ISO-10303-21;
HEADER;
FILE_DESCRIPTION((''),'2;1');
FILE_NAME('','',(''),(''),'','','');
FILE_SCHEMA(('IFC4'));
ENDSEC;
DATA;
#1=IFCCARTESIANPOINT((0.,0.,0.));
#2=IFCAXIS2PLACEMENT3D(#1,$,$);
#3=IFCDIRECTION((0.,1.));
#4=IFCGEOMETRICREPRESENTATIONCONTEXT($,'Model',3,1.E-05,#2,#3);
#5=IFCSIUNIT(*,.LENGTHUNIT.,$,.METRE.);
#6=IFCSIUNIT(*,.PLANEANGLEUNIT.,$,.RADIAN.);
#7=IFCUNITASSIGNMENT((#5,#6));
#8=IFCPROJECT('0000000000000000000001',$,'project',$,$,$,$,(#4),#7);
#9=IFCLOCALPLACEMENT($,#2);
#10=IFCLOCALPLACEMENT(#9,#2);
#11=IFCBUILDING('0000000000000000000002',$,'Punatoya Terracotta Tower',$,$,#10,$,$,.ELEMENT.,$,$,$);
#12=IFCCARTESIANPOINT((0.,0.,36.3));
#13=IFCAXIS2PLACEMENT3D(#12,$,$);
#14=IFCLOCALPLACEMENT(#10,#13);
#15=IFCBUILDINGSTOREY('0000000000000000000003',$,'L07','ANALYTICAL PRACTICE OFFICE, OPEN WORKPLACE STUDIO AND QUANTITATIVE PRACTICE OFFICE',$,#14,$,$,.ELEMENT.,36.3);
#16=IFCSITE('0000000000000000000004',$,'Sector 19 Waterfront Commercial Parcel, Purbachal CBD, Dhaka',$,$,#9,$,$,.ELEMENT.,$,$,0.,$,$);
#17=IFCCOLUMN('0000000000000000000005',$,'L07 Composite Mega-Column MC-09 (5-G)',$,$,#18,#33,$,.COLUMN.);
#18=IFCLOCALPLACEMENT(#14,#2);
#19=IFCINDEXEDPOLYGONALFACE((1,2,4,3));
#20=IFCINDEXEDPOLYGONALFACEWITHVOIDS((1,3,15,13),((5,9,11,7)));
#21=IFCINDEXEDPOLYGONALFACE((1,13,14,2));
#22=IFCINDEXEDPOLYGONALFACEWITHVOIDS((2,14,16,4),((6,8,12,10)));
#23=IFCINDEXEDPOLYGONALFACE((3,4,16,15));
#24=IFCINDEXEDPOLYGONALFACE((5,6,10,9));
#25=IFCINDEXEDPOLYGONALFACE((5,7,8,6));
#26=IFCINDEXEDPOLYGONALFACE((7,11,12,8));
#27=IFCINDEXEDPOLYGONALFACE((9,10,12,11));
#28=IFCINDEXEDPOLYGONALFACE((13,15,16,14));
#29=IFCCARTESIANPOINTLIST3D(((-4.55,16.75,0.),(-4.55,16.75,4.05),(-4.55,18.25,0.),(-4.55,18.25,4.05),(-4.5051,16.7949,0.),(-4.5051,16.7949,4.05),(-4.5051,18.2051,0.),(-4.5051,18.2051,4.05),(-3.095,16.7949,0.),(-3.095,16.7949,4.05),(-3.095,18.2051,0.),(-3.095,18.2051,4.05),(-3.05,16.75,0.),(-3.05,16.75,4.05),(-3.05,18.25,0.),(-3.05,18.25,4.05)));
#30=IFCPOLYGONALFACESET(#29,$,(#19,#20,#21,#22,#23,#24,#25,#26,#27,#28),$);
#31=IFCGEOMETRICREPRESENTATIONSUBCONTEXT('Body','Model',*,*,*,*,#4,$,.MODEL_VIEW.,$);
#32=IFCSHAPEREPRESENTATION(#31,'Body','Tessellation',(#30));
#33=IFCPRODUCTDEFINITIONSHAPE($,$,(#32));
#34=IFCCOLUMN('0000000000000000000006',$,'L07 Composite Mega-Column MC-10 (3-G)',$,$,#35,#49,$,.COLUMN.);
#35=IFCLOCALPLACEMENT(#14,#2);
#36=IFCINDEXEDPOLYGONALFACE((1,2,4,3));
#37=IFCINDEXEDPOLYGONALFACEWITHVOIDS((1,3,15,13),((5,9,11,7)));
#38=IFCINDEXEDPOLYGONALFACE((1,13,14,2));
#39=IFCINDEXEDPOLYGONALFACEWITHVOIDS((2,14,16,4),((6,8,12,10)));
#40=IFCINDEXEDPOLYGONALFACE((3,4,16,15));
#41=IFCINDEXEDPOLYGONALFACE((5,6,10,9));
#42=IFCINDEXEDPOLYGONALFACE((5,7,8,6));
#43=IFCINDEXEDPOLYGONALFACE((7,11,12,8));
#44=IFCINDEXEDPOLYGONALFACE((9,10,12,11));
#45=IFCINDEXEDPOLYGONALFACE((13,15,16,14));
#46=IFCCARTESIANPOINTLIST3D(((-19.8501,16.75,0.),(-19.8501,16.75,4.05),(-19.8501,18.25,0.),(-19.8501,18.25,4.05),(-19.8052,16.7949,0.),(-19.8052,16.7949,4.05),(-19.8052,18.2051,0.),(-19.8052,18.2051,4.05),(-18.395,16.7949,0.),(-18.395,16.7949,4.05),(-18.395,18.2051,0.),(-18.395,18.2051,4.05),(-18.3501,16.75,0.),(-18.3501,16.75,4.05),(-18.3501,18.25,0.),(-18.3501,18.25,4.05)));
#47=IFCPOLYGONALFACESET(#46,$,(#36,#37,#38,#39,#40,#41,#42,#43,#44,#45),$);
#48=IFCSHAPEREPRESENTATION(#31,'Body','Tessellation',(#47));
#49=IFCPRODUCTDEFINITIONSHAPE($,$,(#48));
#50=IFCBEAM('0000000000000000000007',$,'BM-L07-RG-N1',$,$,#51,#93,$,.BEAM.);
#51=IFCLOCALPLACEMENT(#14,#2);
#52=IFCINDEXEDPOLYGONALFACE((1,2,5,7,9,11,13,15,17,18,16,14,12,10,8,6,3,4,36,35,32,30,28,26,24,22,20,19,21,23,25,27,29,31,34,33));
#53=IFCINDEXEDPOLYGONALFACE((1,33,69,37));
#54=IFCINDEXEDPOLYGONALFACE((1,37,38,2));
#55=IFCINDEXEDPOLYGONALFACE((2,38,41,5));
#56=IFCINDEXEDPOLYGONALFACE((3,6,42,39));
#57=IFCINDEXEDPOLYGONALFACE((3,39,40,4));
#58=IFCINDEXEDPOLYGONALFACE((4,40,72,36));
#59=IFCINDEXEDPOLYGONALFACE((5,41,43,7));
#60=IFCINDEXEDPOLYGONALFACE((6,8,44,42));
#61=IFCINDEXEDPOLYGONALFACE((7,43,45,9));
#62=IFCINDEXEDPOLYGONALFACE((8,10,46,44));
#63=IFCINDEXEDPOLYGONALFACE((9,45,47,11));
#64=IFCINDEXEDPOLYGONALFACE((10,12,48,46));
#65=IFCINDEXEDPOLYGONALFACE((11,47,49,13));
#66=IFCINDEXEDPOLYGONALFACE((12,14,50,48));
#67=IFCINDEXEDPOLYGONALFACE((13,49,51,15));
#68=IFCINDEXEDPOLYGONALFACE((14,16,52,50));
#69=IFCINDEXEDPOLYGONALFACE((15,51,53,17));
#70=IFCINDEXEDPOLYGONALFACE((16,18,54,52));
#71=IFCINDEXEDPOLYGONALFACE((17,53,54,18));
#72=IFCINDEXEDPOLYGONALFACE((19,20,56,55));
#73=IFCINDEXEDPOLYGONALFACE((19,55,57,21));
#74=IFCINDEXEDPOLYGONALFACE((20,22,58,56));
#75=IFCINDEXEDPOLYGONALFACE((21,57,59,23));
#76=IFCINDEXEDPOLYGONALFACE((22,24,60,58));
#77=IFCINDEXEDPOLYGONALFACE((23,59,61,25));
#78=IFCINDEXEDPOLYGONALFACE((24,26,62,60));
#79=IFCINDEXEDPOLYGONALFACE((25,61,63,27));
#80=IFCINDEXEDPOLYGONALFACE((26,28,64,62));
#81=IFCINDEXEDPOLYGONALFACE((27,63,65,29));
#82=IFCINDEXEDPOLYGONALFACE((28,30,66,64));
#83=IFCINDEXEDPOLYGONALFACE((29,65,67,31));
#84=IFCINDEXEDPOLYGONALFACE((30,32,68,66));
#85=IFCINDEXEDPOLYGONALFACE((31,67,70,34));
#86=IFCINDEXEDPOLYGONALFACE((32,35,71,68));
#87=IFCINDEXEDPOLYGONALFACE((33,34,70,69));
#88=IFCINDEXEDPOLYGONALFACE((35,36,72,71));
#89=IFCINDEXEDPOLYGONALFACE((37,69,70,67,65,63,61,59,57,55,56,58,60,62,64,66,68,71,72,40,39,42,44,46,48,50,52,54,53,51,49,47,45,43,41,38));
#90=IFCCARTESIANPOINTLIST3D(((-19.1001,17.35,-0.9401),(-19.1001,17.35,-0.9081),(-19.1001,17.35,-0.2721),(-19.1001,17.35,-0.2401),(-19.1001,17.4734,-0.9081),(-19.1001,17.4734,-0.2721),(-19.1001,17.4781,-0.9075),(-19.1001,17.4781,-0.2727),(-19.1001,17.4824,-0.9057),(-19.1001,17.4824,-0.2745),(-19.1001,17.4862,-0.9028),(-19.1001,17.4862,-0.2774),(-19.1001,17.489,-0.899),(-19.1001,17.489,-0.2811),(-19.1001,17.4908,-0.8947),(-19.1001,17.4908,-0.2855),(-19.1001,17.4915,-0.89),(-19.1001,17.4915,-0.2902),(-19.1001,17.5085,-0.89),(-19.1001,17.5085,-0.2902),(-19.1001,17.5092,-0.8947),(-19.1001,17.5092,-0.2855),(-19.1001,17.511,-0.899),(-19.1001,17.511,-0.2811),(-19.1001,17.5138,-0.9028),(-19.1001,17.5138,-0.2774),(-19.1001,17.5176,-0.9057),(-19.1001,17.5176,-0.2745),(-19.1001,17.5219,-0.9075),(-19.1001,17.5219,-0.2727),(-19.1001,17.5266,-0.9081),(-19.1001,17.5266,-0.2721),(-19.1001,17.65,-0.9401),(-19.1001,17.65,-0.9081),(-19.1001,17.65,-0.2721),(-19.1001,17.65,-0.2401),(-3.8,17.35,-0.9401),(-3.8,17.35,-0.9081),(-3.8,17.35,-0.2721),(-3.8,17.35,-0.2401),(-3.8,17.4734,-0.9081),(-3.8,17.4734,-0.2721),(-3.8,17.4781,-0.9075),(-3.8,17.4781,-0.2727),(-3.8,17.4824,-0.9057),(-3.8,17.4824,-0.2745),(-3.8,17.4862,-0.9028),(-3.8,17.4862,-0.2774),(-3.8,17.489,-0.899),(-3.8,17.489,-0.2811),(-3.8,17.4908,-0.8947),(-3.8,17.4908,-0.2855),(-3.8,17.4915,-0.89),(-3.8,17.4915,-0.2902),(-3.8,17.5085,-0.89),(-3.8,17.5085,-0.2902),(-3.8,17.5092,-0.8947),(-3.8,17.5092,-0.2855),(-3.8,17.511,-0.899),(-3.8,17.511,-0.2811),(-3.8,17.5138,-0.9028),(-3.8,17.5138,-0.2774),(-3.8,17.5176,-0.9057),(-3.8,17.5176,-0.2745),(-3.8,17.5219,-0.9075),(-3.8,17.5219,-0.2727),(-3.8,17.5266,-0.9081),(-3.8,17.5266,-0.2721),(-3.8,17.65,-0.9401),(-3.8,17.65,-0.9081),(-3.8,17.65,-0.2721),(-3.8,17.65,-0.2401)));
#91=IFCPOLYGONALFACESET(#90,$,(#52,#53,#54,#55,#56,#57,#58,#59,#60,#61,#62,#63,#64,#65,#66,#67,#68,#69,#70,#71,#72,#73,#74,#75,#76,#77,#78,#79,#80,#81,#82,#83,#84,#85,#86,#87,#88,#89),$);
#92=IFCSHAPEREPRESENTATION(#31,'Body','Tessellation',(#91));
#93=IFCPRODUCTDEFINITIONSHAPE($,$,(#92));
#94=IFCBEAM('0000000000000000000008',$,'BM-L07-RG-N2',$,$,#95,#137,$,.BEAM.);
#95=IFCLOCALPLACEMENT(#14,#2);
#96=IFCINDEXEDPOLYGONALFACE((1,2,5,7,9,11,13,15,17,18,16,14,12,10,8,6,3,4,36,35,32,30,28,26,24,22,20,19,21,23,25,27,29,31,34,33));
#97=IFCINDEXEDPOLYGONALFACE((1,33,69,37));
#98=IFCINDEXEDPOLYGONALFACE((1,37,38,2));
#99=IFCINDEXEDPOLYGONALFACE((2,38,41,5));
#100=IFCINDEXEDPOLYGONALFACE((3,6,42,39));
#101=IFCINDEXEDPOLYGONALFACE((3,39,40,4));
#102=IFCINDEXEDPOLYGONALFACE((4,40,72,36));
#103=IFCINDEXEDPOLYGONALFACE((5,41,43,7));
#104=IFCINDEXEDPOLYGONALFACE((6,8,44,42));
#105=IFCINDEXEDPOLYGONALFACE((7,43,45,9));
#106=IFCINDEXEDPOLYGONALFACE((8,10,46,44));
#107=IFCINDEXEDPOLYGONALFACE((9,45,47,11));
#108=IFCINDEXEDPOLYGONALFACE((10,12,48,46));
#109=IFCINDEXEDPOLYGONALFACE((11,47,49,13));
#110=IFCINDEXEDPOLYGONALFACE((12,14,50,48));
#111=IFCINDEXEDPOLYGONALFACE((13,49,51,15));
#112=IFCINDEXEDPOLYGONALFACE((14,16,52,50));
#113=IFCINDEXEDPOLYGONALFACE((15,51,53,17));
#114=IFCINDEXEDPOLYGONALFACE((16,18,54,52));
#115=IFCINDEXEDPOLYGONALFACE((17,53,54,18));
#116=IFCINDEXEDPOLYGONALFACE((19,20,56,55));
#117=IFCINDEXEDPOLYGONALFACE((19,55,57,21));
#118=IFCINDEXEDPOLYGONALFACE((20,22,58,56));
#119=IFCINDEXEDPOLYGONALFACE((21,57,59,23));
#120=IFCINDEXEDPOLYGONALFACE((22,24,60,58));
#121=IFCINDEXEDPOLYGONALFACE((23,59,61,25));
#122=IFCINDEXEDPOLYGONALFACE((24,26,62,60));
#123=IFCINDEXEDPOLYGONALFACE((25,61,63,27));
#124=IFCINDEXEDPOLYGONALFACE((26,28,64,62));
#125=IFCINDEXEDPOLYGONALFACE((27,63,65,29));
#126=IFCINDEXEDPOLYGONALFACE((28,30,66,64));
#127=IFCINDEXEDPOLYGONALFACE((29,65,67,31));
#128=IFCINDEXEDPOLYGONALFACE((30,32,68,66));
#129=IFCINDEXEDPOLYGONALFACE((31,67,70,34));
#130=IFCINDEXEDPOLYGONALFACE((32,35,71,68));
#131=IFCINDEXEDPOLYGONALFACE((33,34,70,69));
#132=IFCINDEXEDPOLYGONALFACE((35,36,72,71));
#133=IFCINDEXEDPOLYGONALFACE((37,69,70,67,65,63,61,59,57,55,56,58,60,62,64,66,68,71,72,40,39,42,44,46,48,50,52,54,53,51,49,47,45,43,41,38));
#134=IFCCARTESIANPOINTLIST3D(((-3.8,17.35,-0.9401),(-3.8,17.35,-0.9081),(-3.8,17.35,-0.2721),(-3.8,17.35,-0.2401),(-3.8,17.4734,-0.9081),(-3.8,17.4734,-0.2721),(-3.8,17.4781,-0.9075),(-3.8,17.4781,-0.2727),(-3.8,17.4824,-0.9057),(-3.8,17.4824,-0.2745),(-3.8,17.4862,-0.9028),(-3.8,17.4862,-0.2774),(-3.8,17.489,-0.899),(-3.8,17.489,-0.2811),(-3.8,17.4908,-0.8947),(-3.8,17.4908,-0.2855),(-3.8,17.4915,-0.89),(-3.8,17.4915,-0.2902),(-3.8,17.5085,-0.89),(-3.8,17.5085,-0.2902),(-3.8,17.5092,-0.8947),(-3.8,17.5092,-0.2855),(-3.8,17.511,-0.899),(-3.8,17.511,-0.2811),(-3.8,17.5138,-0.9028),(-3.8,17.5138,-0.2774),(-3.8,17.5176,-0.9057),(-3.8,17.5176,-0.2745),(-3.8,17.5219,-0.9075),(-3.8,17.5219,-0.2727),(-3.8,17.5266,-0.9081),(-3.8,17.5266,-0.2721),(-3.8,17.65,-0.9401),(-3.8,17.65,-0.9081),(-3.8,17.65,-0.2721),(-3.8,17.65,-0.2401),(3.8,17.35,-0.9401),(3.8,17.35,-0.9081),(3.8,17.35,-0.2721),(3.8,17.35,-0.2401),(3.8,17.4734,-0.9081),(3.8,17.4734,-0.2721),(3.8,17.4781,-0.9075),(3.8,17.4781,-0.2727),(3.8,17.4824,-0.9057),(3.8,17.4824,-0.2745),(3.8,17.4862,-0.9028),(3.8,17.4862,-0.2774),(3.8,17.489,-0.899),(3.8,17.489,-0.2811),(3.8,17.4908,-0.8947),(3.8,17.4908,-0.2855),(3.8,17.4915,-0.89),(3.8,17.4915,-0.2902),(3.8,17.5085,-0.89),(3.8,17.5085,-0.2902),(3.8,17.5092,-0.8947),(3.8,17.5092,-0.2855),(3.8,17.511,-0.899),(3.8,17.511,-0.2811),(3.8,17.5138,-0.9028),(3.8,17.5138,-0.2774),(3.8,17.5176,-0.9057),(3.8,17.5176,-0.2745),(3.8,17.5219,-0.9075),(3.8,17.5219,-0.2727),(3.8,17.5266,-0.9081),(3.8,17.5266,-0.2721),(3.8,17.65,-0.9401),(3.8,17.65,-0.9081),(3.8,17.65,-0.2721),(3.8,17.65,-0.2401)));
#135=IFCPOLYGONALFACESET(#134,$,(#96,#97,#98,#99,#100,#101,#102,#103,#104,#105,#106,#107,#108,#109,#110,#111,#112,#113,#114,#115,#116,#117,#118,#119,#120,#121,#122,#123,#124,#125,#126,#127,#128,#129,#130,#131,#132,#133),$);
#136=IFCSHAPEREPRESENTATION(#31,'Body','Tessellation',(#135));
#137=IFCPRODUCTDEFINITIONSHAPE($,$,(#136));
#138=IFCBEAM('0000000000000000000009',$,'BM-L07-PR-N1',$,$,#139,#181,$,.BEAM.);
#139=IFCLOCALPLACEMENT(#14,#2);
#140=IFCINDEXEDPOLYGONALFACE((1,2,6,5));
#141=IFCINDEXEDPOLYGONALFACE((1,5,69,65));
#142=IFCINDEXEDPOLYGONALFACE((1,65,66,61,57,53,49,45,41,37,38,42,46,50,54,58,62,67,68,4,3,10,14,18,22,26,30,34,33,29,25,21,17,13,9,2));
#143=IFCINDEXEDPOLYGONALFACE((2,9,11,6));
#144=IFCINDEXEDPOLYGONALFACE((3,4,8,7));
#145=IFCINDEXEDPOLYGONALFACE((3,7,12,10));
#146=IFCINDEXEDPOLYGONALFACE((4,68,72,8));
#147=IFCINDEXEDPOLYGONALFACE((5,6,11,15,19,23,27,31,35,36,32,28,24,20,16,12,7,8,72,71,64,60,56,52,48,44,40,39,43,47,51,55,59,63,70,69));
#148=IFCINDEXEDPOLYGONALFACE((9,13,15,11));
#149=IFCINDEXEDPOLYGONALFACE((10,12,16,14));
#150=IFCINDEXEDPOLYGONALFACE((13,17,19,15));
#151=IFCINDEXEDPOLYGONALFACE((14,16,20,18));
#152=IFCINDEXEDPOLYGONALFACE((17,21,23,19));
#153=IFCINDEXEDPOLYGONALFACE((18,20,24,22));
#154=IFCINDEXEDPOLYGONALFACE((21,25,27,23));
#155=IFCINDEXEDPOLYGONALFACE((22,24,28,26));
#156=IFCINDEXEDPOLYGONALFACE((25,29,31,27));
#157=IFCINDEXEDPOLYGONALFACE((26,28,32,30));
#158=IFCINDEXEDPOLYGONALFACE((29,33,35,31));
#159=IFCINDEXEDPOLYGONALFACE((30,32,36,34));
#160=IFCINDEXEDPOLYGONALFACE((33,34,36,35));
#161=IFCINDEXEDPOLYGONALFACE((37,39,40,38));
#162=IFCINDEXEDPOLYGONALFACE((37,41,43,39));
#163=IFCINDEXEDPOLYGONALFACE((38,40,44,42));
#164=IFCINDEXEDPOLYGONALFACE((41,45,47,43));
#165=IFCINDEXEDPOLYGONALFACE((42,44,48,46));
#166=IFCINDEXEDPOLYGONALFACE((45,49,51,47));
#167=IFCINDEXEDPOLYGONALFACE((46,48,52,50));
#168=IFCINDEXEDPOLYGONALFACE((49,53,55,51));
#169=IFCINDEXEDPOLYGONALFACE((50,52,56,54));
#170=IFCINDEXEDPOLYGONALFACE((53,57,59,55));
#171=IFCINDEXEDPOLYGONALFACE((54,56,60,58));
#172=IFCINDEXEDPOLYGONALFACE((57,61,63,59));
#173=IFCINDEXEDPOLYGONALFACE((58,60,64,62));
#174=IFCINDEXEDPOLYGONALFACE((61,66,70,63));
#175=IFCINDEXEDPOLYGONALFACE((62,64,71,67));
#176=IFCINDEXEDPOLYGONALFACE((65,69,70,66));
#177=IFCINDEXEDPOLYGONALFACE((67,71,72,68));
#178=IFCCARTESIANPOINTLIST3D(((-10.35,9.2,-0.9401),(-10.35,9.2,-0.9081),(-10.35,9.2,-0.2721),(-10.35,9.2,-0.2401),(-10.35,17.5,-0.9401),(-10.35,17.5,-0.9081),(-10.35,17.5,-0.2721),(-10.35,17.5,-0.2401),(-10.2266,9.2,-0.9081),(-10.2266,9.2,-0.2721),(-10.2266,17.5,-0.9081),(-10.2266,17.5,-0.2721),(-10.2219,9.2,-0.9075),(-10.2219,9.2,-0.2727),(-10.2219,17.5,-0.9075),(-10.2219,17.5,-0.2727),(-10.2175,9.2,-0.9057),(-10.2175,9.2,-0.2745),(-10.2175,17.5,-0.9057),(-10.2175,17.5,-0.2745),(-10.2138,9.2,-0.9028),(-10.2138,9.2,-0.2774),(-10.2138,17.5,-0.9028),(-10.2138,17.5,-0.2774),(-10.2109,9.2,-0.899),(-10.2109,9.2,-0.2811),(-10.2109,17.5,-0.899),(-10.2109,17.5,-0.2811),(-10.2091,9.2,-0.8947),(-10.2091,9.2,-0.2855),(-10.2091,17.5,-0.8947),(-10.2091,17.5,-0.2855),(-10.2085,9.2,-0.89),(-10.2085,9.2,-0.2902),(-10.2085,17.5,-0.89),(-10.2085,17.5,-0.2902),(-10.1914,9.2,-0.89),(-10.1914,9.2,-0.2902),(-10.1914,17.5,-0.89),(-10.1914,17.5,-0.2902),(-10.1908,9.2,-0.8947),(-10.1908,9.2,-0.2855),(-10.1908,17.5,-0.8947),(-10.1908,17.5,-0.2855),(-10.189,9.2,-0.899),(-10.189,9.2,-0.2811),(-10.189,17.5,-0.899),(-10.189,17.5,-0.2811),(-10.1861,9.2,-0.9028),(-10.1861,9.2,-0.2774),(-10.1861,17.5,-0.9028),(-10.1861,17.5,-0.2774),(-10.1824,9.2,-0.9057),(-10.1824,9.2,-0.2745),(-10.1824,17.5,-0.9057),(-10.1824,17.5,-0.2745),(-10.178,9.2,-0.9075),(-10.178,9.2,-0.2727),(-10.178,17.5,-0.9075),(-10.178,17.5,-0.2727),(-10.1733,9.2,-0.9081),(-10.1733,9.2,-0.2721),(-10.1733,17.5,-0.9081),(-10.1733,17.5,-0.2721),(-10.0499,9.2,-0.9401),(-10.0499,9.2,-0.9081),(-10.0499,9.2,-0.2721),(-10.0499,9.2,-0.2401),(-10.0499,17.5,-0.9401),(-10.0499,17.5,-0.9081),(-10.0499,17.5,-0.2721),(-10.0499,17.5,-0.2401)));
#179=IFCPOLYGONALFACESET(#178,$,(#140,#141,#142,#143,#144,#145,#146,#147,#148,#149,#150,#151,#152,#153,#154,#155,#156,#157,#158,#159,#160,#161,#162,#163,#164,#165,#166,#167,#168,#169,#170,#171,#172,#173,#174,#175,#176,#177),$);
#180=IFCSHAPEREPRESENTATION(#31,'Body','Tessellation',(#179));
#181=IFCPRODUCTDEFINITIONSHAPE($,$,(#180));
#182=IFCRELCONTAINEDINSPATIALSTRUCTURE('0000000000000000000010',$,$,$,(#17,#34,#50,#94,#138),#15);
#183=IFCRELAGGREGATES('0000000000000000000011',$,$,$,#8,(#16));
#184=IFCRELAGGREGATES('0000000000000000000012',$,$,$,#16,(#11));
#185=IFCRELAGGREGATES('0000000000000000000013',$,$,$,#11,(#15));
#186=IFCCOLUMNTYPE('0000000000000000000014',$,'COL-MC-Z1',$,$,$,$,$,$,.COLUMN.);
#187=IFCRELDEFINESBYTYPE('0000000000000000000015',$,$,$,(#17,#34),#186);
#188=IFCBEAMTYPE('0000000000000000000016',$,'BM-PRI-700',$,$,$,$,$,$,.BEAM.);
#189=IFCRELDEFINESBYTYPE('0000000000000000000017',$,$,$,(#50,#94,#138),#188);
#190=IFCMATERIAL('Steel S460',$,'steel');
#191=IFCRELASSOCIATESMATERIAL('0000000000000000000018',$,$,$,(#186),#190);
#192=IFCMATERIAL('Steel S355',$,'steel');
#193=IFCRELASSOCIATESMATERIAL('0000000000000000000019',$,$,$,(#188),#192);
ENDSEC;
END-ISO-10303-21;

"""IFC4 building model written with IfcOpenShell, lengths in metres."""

from ifc_helpers import new_model, si_unit, direction, frame, origin, origin_2d, place, context, subcontext, project, spatial, hollow_rectangle, i_section, extrude, material, material_profile, profile_set, type_object, element, save


model = new_model("IFC4")

# Units and contexts
model_context = context("Model", 3, precision=1e-05, world=origin(), true_north=direction((0.0, 1.0)))
body_context = subcontext(model_context, "Body", "Model", "MODEL_VIEW")
ifc_project = project(units=[si_unit("LENGTHUNIT", "METRE"), si_unit("PLANEANGLEUNIT", "RADIAN")], contexts=[model_context])

# Site, building, storey
site_placement = place(None, origin())
site = spatial("IfcSite", under=ifc_project, at=site_placement, Name="Sector 19 Waterfront Commercial Parcel, Purbachal CBD, Dhaka", CompositionType="ELEMENT", RefElevation=0.0)
building_placement = place(site_placement, origin())
building = spatial("IfcBuilding", under=site, at=building_placement, Name="Punatoya Terracotta Tower", CompositionType="ELEMENT")
storey_placement = place(building_placement, frame((0.0, 0.0, 36.3)))
storey = spatial("IfcBuildingStorey", under=building, at=storey_placement, Name="L07", Description="ANALYTICAL PRACTICE OFFICE, OPEN WORKPLACE STUDIO AND QUANTITATIVE PRACTICE OFFICE", CompositionType="ELEMENT", Elevation=36.3)

# Columns
ifc_material_1 = material(Name="Steel S460", Category="steel")
ifc_material_profile_1 = material_profile(ifc_material_1, hollow_rectangle(XDim=1.5, YDim=1.5, WallThickness=0.0449, at=origin_2d()))
ifc_profile_set_1 = profile_set([ifc_material_profile_1], Name="Steel S460")
column_type = type_object("IfcColumnType", Name="COL-MC-Z1", PredefinedType="COLUMN", material=ifc_profile_set_1)
for number, where, z_axis, x_axis, name in (
    (1, (-3.8, 17.5, 0.0), (0.0, 0.0, 1.0), (1.0, 0.0, 0.0), "L07 Composite Mega-Column MC-09 (5-G)"),
    (2, (-19.1001, 17.5, 0.0), (0.0, 0.0, 1.0), (1.0, 0.0, 0.0), "L07 Composite Mega-Column MC-10 (3-G)"),
):
    element("IfcColumn", number, at=place(storey_placement, frame(where, z_axis=z_axis, x_axis=x_axis)), inside=storey, type_object=column_type, Name=name, PredefinedType="COLUMN", context=body_context, shape_type="SweptSolid", body=[
        extrude(hollow_rectangle(XDim=1.5, YDim=1.5, WallThickness=0.0449, at=origin_2d()), origin(), (0.0, 0.0, 1.0), 4.05),
    ])

# Beams
ifc_material_2 = material(Name="Steel S355", Category="steel")
ifc_material_profile_2 = material_profile(ifc_material_2, i_section(OverallWidth=0.3, OverallDepth=0.7, WebThickness=0.0171, FlangeThickness=0.032, FilletRadius=0.0181, at=origin_2d()))
ifc_profile_set_2 = profile_set([ifc_material_profile_2], Name="Steel S355")
beam_type_1 = type_object("IfcBeamType", Name="BM-PRI-700", PredefinedType="BEAM", material=ifc_profile_set_2)
beam_1_placement = place(storey_placement, frame((-19.1001, 17.5, -0.5901), z_axis=(1.0, 0.0, 0.0), x_axis=(0.0, 1.0, 0.0)))
element("IfcBeam", 3, at=beam_1_placement, inside=storey, type_object=beam_type_1, Name="BM-L07-RG-N1", PredefinedType="BEAM", context=body_context, shape_type="SweptSolid", body=[
    extrude(i_section(OverallWidth=0.3, OverallDepth=0.7, WebThickness=0.0171, FlangeThickness=0.032, FilletRadius=0.0181, at=origin_2d()), origin(), (0.0, 0.0, 1.0), 15.3),
])
beam_2_placement = place(storey_placement, frame((-3.8, 17.5, -0.5901), z_axis=(1.0, 0.0, 0.0), x_axis=(0.0, 1.0, 0.0)))
element("IfcBeam", 4, at=beam_2_placement, inside=storey, type_object=beam_type_1, Name="BM-L07-RG-N2", PredefinedType="BEAM", context=body_context, shape_type="SweptSolid", body=[
    extrude(i_section(OverallWidth=0.3, OverallDepth=0.7, WebThickness=0.0171, FlangeThickness=0.032, FilletRadius=0.0181, at=origin_2d()), origin(), (0.0, 0.0, 1.0), 7.6001),
])
for number, where, z_axis, x_axis, name in (
    (5, (-10.2, 9.2, -0.5901), (0.0, 1.0, 0.0), (-1.0, 0.0, 0.0), "BM-L07-PR-N1"),
):
    element("IfcBeam", number, at=place(storey_placement, frame(where, z_axis=z_axis, x_axis=x_axis)), inside=storey, type_object=beam_type_1, Name=name, PredefinedType="BEAM", context=body_context, shape_type="SweptSolid", body=[
        extrude(i_section(OverallWidth=0.3, OverallDepth=0.7, WebThickness=0.0171, FlangeThickness=0.032, FilletRadius=0.0181, at=origin_2d()), origin(), (0.0, 0.0, 1.0), 8.3),
    ])

save(model, "model.ifc")
